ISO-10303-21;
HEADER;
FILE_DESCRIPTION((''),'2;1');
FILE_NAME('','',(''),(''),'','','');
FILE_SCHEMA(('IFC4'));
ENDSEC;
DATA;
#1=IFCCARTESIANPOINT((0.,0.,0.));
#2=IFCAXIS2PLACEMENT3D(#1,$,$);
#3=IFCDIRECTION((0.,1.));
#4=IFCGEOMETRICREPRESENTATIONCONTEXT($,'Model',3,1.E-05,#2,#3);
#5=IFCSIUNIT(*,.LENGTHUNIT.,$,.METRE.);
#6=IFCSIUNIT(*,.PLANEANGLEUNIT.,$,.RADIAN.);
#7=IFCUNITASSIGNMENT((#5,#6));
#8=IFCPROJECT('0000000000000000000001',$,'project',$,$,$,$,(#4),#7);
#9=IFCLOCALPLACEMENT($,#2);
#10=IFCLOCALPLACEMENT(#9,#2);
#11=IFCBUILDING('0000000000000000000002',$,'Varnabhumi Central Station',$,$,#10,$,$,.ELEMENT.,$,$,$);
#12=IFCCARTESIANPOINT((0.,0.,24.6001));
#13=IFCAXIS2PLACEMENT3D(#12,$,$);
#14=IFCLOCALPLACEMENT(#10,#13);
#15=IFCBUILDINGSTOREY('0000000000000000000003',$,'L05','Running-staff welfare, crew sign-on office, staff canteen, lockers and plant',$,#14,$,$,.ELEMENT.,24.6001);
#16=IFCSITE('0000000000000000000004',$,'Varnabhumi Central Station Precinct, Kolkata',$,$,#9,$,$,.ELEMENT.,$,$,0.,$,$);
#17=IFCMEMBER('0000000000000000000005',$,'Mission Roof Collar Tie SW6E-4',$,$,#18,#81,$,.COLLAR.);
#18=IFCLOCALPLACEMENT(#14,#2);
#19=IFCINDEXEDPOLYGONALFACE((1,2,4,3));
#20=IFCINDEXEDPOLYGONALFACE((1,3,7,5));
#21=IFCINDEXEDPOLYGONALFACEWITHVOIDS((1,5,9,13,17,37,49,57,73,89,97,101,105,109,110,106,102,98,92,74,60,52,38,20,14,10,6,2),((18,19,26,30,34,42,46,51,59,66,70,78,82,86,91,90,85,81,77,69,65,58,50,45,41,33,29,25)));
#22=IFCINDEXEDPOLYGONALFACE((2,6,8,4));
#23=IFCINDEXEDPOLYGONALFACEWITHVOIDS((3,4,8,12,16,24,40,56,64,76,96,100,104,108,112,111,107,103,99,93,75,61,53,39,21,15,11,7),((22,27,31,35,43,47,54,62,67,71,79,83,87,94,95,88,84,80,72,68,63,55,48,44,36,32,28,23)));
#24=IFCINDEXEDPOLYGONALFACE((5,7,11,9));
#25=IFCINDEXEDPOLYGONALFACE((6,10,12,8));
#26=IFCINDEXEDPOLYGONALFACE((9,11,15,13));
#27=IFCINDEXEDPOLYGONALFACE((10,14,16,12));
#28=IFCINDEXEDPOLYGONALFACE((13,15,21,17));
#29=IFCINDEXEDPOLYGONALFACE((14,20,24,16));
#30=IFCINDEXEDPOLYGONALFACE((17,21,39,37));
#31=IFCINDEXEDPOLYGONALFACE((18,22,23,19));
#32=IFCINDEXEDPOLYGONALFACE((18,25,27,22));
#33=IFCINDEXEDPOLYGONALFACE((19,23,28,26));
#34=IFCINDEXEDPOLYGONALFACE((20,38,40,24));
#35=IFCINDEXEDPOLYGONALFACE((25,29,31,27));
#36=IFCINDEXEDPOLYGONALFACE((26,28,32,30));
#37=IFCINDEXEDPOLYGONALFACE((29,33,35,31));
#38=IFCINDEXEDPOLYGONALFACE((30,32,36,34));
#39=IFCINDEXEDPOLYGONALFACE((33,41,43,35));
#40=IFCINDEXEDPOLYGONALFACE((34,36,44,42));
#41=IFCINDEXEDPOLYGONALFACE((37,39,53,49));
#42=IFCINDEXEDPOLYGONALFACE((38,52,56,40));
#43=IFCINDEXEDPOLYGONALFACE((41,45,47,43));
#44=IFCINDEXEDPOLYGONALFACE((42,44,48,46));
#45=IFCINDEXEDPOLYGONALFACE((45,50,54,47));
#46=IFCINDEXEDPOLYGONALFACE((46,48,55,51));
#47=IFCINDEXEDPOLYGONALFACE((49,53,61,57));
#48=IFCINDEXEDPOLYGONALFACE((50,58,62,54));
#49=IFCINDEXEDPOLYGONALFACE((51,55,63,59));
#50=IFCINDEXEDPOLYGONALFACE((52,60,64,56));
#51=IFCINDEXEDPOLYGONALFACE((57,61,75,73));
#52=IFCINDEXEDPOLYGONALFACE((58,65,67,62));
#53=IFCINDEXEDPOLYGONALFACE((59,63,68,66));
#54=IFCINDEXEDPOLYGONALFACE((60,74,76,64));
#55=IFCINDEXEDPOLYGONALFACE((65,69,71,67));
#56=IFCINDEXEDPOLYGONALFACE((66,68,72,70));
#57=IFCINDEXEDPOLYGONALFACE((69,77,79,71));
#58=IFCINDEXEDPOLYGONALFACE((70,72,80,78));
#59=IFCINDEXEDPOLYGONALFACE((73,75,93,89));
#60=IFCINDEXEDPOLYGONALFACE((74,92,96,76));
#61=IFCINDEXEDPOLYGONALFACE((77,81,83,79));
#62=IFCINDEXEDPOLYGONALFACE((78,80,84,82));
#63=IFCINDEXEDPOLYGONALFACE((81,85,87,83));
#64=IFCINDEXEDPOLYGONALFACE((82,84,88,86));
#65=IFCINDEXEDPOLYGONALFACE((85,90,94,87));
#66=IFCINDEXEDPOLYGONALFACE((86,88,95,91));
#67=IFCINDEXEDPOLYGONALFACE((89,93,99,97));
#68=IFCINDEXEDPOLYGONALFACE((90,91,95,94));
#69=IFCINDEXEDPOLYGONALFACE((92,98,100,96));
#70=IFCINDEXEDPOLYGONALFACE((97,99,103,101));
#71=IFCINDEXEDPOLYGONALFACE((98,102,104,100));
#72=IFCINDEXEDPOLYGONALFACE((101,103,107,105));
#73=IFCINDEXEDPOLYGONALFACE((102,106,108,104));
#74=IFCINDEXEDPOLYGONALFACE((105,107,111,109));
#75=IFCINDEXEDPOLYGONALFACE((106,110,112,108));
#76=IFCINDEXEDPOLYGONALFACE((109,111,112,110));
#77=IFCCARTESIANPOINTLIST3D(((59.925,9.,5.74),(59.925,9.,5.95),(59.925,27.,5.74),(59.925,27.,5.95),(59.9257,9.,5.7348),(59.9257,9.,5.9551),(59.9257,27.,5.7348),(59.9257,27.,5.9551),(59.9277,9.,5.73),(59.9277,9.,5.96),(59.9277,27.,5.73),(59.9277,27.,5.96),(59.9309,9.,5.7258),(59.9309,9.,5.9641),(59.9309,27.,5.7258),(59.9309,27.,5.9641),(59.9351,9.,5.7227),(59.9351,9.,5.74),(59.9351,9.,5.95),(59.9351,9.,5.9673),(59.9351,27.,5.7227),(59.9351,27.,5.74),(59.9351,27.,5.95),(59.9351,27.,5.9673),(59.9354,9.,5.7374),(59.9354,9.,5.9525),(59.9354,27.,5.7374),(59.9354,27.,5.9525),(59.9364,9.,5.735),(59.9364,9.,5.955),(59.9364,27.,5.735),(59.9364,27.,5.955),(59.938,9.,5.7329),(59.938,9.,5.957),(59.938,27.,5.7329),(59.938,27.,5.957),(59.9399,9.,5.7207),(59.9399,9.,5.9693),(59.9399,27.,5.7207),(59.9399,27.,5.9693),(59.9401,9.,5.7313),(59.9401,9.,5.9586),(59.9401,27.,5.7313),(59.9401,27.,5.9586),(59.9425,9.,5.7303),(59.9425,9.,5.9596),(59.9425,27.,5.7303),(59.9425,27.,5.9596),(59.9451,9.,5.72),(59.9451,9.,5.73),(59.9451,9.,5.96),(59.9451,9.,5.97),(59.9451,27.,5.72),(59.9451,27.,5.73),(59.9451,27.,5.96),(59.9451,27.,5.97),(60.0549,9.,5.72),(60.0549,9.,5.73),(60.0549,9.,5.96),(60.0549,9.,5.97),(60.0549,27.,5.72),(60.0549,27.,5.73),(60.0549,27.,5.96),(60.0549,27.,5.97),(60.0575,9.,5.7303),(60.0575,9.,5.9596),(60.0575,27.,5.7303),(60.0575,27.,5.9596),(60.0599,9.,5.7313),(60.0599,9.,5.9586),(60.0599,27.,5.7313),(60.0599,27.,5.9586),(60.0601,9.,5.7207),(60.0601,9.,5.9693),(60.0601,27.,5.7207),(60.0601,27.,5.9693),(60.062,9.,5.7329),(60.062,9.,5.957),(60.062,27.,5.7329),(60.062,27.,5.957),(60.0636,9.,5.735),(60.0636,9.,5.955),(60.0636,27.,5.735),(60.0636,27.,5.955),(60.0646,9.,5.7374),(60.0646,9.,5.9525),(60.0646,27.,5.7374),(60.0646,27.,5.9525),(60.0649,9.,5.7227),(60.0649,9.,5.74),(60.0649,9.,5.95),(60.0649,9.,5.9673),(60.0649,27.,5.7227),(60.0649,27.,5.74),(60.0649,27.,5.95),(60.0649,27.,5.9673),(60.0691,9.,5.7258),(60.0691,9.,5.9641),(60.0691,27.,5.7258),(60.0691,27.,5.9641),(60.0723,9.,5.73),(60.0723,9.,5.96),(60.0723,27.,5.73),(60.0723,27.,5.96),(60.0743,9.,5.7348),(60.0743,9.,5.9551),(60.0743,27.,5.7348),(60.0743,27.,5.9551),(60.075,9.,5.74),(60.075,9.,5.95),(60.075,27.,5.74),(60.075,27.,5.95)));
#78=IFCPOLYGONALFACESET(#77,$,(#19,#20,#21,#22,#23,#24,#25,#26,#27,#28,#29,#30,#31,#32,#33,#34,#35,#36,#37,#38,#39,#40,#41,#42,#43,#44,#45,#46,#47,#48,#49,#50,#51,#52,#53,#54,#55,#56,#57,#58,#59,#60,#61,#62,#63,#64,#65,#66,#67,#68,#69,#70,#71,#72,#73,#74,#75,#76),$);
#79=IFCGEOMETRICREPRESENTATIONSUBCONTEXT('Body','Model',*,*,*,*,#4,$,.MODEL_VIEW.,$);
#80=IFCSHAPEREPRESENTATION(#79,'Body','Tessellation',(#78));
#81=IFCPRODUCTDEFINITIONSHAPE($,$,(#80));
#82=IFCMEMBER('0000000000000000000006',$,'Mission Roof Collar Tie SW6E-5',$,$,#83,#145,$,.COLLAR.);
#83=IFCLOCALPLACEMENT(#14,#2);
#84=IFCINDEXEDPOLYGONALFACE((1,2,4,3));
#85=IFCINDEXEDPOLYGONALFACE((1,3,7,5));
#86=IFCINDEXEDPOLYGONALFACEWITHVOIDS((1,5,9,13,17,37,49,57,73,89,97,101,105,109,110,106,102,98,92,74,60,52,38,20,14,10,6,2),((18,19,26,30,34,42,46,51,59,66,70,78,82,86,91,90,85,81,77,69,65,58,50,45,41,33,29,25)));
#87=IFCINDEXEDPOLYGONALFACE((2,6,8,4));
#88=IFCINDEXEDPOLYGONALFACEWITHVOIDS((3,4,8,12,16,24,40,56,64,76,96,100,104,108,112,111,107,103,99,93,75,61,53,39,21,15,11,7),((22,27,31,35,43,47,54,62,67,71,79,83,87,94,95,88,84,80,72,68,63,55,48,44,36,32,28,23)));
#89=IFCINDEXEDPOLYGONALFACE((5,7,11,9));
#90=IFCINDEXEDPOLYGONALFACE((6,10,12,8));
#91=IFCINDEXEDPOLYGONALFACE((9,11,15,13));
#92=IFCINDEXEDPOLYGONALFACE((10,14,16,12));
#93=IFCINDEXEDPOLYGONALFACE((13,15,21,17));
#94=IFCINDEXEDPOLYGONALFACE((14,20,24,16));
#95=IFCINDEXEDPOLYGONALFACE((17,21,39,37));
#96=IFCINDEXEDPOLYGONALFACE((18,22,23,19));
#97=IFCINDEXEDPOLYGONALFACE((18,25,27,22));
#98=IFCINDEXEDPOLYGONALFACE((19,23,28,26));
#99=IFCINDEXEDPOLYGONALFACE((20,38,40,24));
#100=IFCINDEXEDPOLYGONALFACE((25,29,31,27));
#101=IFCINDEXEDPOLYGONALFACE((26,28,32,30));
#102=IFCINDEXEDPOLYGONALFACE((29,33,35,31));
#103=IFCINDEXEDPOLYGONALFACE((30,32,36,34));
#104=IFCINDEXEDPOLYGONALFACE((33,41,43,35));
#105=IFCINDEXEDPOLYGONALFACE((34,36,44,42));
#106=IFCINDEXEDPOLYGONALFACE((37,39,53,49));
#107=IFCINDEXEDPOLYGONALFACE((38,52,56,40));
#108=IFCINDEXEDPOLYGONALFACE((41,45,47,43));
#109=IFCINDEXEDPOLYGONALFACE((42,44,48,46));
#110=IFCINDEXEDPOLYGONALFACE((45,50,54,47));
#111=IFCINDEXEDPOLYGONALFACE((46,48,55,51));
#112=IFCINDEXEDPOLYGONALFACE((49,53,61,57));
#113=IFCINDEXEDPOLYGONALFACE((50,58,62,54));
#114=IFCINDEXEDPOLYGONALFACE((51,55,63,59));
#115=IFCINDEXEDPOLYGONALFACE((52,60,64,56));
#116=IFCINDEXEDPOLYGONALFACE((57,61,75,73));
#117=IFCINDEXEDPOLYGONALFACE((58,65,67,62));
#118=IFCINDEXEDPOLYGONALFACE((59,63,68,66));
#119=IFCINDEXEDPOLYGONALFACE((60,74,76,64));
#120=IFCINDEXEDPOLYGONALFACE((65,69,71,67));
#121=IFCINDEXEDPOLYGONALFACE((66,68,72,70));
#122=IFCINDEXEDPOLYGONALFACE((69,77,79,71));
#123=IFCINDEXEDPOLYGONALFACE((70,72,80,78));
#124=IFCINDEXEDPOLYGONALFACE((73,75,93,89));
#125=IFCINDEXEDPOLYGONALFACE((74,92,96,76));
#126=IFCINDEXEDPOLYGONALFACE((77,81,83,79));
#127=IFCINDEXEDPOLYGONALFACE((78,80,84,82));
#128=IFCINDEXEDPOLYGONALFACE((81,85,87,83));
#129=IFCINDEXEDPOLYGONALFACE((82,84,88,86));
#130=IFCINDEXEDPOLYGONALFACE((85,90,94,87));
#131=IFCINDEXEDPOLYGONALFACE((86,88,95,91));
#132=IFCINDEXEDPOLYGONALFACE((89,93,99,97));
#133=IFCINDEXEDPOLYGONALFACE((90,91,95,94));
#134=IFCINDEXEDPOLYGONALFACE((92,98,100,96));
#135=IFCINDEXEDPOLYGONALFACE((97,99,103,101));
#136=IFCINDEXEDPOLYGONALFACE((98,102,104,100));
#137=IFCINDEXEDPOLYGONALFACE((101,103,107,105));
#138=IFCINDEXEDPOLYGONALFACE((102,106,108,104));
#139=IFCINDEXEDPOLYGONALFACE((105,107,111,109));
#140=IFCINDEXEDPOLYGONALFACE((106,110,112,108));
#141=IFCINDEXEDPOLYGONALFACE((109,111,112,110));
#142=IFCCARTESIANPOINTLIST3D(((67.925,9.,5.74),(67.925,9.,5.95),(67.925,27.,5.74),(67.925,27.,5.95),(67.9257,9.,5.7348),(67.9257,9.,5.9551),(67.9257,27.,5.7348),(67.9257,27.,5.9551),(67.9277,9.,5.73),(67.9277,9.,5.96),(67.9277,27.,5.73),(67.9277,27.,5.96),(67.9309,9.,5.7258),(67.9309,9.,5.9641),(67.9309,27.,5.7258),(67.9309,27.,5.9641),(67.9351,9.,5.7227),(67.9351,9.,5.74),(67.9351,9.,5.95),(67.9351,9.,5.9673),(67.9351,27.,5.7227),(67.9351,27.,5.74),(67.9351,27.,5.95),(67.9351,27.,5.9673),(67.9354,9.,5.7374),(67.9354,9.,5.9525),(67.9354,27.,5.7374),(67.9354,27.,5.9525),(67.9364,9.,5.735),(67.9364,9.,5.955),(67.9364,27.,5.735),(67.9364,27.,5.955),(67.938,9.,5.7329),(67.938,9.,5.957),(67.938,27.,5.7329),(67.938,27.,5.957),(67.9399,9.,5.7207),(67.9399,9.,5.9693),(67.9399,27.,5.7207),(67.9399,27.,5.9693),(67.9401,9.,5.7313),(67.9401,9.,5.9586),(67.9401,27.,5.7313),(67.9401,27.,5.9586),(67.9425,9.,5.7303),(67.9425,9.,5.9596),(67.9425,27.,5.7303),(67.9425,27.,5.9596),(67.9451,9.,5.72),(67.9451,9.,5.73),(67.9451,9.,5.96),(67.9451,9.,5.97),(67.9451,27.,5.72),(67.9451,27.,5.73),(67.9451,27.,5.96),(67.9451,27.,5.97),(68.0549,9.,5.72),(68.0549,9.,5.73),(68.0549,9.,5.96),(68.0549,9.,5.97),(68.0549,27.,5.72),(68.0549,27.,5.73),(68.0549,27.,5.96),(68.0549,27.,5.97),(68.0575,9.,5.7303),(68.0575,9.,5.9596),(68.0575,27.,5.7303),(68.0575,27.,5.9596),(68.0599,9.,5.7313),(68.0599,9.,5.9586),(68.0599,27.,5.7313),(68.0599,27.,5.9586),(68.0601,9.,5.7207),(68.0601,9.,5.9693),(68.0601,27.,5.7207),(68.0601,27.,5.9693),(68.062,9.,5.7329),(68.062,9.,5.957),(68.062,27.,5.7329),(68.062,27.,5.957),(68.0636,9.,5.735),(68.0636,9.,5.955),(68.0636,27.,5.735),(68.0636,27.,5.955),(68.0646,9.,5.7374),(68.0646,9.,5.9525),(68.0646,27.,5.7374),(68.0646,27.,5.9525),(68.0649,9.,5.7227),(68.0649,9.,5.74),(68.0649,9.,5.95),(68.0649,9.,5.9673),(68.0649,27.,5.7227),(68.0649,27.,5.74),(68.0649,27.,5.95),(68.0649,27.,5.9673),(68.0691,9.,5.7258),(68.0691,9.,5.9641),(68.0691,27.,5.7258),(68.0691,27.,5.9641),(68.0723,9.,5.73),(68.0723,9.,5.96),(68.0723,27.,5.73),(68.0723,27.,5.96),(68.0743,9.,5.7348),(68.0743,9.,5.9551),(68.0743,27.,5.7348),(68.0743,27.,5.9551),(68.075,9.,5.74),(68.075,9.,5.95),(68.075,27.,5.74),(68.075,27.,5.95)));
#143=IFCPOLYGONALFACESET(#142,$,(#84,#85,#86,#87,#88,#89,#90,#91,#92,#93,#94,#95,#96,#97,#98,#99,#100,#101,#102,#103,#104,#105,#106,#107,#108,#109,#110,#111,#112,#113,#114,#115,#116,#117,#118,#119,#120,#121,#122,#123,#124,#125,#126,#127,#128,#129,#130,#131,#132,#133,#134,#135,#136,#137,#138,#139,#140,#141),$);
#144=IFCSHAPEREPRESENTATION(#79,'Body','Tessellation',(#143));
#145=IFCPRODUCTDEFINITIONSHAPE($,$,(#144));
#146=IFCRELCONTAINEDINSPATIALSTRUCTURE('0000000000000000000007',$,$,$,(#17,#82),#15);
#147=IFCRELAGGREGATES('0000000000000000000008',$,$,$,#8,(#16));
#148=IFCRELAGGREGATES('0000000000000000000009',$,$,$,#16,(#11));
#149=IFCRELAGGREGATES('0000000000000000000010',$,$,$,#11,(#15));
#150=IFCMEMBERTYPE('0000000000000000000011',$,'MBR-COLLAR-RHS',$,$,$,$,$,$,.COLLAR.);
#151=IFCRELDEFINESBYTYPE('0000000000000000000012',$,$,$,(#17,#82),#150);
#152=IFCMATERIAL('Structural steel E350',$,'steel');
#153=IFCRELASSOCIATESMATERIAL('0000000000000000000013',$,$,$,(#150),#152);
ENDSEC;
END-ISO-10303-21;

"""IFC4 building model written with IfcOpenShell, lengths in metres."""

from ifc_helpers import new_model, si_unit, direction, frame, origin, origin_2d, place, context, subcontext, project, spatial, hollow_rectangle, extrude, material, material_profile, profile_set, type_object, element, save


model = new_model("IFC4")

# Units and contexts
model_context = context("Model", 3, precision=1e-05, world=origin(), true_north=direction((0.0, 1.0)))
body_context = subcontext(model_context, "Body", "Model", "MODEL_VIEW")
ifc_project = project(units=[si_unit("LENGTHUNIT", "METRE"), si_unit("PLANEANGLEUNIT", "RADIAN")], contexts=[model_context])

# Site, building, storey
site_placement = place(None, origin())
site = spatial("IfcSite", under=ifc_project, at=site_placement, Name="Varnabhumi Central Station Precinct, Kolkata", CompositionType="ELEMENT", RefElevation=0.0)
building_placement = place(site_placement, origin())
building = spatial("IfcBuilding", under=site, at=building_placement, Name="Varnabhumi Central Station", CompositionType="ELEMENT")
storey_placement = place(building_placement, frame((0.0, 0.0, 24.6001)))
storey = spatial("IfcBuildingStorey", under=building, at=storey_placement, Name="L05", Description="Running-staff welfare, crew sign-on office, staff canteen, lockers and plant", CompositionType="ELEMENT", Elevation=24.6001)

# Shared definitions
ifc_material_1 = material(Name="Structural steel E350", Category="steel")

# Members
ifc_material_profile_1 = material_profile(ifc_material_1, hollow_rectangle(XDim=0.1499, YDim=0.25, WallThickness=0.01, InnerFilletRadius=0.01, OuterFilletRadius=0.02, at=origin_2d()), Name="Structural steel E350", Category="steel")
ifc_profile_set_1 = profile_set([ifc_material_profile_1], Name="Structural steel E350")
member_type_1 = type_object("IfcMemberType", Name="MBR-COLLAR-RHS", PredefinedType="COLLAR", material=ifc_profile_set_1)
for number, where, z_axis, x_axis, name in (
    (1, (60.0, 9.0, 5.845), (0.0, 1.0, 0.0), (-1.0, 0.0, 0.0), "Mission Roof Collar Tie SW6E-4"),
    (2, (68.0, 9.0, 5.845), (0.0, 1.0, 0.0), (-1.0, 0.0, 0.0), "Mission Roof Collar Tie SW6E-5"),
):
    element("IfcMember", number, at=place(storey_placement, frame(where, z_axis=z_axis, x_axis=x_axis)), inside=storey, type_object=member_type_1, Name=name, PredefinedType="COLLAR", context=body_context, shape_type="SweptSolid", body=[
        extrude(hollow_rectangle(XDim=0.1499, YDim=0.25, WallThickness=0.01, InnerFilletRadius=0.01, OuterFilletRadius=0.02, at=origin_2d()), origin(), (0.0, 0.0, 1.0), 18.0),
    ])

save(model, "model.ifc")
